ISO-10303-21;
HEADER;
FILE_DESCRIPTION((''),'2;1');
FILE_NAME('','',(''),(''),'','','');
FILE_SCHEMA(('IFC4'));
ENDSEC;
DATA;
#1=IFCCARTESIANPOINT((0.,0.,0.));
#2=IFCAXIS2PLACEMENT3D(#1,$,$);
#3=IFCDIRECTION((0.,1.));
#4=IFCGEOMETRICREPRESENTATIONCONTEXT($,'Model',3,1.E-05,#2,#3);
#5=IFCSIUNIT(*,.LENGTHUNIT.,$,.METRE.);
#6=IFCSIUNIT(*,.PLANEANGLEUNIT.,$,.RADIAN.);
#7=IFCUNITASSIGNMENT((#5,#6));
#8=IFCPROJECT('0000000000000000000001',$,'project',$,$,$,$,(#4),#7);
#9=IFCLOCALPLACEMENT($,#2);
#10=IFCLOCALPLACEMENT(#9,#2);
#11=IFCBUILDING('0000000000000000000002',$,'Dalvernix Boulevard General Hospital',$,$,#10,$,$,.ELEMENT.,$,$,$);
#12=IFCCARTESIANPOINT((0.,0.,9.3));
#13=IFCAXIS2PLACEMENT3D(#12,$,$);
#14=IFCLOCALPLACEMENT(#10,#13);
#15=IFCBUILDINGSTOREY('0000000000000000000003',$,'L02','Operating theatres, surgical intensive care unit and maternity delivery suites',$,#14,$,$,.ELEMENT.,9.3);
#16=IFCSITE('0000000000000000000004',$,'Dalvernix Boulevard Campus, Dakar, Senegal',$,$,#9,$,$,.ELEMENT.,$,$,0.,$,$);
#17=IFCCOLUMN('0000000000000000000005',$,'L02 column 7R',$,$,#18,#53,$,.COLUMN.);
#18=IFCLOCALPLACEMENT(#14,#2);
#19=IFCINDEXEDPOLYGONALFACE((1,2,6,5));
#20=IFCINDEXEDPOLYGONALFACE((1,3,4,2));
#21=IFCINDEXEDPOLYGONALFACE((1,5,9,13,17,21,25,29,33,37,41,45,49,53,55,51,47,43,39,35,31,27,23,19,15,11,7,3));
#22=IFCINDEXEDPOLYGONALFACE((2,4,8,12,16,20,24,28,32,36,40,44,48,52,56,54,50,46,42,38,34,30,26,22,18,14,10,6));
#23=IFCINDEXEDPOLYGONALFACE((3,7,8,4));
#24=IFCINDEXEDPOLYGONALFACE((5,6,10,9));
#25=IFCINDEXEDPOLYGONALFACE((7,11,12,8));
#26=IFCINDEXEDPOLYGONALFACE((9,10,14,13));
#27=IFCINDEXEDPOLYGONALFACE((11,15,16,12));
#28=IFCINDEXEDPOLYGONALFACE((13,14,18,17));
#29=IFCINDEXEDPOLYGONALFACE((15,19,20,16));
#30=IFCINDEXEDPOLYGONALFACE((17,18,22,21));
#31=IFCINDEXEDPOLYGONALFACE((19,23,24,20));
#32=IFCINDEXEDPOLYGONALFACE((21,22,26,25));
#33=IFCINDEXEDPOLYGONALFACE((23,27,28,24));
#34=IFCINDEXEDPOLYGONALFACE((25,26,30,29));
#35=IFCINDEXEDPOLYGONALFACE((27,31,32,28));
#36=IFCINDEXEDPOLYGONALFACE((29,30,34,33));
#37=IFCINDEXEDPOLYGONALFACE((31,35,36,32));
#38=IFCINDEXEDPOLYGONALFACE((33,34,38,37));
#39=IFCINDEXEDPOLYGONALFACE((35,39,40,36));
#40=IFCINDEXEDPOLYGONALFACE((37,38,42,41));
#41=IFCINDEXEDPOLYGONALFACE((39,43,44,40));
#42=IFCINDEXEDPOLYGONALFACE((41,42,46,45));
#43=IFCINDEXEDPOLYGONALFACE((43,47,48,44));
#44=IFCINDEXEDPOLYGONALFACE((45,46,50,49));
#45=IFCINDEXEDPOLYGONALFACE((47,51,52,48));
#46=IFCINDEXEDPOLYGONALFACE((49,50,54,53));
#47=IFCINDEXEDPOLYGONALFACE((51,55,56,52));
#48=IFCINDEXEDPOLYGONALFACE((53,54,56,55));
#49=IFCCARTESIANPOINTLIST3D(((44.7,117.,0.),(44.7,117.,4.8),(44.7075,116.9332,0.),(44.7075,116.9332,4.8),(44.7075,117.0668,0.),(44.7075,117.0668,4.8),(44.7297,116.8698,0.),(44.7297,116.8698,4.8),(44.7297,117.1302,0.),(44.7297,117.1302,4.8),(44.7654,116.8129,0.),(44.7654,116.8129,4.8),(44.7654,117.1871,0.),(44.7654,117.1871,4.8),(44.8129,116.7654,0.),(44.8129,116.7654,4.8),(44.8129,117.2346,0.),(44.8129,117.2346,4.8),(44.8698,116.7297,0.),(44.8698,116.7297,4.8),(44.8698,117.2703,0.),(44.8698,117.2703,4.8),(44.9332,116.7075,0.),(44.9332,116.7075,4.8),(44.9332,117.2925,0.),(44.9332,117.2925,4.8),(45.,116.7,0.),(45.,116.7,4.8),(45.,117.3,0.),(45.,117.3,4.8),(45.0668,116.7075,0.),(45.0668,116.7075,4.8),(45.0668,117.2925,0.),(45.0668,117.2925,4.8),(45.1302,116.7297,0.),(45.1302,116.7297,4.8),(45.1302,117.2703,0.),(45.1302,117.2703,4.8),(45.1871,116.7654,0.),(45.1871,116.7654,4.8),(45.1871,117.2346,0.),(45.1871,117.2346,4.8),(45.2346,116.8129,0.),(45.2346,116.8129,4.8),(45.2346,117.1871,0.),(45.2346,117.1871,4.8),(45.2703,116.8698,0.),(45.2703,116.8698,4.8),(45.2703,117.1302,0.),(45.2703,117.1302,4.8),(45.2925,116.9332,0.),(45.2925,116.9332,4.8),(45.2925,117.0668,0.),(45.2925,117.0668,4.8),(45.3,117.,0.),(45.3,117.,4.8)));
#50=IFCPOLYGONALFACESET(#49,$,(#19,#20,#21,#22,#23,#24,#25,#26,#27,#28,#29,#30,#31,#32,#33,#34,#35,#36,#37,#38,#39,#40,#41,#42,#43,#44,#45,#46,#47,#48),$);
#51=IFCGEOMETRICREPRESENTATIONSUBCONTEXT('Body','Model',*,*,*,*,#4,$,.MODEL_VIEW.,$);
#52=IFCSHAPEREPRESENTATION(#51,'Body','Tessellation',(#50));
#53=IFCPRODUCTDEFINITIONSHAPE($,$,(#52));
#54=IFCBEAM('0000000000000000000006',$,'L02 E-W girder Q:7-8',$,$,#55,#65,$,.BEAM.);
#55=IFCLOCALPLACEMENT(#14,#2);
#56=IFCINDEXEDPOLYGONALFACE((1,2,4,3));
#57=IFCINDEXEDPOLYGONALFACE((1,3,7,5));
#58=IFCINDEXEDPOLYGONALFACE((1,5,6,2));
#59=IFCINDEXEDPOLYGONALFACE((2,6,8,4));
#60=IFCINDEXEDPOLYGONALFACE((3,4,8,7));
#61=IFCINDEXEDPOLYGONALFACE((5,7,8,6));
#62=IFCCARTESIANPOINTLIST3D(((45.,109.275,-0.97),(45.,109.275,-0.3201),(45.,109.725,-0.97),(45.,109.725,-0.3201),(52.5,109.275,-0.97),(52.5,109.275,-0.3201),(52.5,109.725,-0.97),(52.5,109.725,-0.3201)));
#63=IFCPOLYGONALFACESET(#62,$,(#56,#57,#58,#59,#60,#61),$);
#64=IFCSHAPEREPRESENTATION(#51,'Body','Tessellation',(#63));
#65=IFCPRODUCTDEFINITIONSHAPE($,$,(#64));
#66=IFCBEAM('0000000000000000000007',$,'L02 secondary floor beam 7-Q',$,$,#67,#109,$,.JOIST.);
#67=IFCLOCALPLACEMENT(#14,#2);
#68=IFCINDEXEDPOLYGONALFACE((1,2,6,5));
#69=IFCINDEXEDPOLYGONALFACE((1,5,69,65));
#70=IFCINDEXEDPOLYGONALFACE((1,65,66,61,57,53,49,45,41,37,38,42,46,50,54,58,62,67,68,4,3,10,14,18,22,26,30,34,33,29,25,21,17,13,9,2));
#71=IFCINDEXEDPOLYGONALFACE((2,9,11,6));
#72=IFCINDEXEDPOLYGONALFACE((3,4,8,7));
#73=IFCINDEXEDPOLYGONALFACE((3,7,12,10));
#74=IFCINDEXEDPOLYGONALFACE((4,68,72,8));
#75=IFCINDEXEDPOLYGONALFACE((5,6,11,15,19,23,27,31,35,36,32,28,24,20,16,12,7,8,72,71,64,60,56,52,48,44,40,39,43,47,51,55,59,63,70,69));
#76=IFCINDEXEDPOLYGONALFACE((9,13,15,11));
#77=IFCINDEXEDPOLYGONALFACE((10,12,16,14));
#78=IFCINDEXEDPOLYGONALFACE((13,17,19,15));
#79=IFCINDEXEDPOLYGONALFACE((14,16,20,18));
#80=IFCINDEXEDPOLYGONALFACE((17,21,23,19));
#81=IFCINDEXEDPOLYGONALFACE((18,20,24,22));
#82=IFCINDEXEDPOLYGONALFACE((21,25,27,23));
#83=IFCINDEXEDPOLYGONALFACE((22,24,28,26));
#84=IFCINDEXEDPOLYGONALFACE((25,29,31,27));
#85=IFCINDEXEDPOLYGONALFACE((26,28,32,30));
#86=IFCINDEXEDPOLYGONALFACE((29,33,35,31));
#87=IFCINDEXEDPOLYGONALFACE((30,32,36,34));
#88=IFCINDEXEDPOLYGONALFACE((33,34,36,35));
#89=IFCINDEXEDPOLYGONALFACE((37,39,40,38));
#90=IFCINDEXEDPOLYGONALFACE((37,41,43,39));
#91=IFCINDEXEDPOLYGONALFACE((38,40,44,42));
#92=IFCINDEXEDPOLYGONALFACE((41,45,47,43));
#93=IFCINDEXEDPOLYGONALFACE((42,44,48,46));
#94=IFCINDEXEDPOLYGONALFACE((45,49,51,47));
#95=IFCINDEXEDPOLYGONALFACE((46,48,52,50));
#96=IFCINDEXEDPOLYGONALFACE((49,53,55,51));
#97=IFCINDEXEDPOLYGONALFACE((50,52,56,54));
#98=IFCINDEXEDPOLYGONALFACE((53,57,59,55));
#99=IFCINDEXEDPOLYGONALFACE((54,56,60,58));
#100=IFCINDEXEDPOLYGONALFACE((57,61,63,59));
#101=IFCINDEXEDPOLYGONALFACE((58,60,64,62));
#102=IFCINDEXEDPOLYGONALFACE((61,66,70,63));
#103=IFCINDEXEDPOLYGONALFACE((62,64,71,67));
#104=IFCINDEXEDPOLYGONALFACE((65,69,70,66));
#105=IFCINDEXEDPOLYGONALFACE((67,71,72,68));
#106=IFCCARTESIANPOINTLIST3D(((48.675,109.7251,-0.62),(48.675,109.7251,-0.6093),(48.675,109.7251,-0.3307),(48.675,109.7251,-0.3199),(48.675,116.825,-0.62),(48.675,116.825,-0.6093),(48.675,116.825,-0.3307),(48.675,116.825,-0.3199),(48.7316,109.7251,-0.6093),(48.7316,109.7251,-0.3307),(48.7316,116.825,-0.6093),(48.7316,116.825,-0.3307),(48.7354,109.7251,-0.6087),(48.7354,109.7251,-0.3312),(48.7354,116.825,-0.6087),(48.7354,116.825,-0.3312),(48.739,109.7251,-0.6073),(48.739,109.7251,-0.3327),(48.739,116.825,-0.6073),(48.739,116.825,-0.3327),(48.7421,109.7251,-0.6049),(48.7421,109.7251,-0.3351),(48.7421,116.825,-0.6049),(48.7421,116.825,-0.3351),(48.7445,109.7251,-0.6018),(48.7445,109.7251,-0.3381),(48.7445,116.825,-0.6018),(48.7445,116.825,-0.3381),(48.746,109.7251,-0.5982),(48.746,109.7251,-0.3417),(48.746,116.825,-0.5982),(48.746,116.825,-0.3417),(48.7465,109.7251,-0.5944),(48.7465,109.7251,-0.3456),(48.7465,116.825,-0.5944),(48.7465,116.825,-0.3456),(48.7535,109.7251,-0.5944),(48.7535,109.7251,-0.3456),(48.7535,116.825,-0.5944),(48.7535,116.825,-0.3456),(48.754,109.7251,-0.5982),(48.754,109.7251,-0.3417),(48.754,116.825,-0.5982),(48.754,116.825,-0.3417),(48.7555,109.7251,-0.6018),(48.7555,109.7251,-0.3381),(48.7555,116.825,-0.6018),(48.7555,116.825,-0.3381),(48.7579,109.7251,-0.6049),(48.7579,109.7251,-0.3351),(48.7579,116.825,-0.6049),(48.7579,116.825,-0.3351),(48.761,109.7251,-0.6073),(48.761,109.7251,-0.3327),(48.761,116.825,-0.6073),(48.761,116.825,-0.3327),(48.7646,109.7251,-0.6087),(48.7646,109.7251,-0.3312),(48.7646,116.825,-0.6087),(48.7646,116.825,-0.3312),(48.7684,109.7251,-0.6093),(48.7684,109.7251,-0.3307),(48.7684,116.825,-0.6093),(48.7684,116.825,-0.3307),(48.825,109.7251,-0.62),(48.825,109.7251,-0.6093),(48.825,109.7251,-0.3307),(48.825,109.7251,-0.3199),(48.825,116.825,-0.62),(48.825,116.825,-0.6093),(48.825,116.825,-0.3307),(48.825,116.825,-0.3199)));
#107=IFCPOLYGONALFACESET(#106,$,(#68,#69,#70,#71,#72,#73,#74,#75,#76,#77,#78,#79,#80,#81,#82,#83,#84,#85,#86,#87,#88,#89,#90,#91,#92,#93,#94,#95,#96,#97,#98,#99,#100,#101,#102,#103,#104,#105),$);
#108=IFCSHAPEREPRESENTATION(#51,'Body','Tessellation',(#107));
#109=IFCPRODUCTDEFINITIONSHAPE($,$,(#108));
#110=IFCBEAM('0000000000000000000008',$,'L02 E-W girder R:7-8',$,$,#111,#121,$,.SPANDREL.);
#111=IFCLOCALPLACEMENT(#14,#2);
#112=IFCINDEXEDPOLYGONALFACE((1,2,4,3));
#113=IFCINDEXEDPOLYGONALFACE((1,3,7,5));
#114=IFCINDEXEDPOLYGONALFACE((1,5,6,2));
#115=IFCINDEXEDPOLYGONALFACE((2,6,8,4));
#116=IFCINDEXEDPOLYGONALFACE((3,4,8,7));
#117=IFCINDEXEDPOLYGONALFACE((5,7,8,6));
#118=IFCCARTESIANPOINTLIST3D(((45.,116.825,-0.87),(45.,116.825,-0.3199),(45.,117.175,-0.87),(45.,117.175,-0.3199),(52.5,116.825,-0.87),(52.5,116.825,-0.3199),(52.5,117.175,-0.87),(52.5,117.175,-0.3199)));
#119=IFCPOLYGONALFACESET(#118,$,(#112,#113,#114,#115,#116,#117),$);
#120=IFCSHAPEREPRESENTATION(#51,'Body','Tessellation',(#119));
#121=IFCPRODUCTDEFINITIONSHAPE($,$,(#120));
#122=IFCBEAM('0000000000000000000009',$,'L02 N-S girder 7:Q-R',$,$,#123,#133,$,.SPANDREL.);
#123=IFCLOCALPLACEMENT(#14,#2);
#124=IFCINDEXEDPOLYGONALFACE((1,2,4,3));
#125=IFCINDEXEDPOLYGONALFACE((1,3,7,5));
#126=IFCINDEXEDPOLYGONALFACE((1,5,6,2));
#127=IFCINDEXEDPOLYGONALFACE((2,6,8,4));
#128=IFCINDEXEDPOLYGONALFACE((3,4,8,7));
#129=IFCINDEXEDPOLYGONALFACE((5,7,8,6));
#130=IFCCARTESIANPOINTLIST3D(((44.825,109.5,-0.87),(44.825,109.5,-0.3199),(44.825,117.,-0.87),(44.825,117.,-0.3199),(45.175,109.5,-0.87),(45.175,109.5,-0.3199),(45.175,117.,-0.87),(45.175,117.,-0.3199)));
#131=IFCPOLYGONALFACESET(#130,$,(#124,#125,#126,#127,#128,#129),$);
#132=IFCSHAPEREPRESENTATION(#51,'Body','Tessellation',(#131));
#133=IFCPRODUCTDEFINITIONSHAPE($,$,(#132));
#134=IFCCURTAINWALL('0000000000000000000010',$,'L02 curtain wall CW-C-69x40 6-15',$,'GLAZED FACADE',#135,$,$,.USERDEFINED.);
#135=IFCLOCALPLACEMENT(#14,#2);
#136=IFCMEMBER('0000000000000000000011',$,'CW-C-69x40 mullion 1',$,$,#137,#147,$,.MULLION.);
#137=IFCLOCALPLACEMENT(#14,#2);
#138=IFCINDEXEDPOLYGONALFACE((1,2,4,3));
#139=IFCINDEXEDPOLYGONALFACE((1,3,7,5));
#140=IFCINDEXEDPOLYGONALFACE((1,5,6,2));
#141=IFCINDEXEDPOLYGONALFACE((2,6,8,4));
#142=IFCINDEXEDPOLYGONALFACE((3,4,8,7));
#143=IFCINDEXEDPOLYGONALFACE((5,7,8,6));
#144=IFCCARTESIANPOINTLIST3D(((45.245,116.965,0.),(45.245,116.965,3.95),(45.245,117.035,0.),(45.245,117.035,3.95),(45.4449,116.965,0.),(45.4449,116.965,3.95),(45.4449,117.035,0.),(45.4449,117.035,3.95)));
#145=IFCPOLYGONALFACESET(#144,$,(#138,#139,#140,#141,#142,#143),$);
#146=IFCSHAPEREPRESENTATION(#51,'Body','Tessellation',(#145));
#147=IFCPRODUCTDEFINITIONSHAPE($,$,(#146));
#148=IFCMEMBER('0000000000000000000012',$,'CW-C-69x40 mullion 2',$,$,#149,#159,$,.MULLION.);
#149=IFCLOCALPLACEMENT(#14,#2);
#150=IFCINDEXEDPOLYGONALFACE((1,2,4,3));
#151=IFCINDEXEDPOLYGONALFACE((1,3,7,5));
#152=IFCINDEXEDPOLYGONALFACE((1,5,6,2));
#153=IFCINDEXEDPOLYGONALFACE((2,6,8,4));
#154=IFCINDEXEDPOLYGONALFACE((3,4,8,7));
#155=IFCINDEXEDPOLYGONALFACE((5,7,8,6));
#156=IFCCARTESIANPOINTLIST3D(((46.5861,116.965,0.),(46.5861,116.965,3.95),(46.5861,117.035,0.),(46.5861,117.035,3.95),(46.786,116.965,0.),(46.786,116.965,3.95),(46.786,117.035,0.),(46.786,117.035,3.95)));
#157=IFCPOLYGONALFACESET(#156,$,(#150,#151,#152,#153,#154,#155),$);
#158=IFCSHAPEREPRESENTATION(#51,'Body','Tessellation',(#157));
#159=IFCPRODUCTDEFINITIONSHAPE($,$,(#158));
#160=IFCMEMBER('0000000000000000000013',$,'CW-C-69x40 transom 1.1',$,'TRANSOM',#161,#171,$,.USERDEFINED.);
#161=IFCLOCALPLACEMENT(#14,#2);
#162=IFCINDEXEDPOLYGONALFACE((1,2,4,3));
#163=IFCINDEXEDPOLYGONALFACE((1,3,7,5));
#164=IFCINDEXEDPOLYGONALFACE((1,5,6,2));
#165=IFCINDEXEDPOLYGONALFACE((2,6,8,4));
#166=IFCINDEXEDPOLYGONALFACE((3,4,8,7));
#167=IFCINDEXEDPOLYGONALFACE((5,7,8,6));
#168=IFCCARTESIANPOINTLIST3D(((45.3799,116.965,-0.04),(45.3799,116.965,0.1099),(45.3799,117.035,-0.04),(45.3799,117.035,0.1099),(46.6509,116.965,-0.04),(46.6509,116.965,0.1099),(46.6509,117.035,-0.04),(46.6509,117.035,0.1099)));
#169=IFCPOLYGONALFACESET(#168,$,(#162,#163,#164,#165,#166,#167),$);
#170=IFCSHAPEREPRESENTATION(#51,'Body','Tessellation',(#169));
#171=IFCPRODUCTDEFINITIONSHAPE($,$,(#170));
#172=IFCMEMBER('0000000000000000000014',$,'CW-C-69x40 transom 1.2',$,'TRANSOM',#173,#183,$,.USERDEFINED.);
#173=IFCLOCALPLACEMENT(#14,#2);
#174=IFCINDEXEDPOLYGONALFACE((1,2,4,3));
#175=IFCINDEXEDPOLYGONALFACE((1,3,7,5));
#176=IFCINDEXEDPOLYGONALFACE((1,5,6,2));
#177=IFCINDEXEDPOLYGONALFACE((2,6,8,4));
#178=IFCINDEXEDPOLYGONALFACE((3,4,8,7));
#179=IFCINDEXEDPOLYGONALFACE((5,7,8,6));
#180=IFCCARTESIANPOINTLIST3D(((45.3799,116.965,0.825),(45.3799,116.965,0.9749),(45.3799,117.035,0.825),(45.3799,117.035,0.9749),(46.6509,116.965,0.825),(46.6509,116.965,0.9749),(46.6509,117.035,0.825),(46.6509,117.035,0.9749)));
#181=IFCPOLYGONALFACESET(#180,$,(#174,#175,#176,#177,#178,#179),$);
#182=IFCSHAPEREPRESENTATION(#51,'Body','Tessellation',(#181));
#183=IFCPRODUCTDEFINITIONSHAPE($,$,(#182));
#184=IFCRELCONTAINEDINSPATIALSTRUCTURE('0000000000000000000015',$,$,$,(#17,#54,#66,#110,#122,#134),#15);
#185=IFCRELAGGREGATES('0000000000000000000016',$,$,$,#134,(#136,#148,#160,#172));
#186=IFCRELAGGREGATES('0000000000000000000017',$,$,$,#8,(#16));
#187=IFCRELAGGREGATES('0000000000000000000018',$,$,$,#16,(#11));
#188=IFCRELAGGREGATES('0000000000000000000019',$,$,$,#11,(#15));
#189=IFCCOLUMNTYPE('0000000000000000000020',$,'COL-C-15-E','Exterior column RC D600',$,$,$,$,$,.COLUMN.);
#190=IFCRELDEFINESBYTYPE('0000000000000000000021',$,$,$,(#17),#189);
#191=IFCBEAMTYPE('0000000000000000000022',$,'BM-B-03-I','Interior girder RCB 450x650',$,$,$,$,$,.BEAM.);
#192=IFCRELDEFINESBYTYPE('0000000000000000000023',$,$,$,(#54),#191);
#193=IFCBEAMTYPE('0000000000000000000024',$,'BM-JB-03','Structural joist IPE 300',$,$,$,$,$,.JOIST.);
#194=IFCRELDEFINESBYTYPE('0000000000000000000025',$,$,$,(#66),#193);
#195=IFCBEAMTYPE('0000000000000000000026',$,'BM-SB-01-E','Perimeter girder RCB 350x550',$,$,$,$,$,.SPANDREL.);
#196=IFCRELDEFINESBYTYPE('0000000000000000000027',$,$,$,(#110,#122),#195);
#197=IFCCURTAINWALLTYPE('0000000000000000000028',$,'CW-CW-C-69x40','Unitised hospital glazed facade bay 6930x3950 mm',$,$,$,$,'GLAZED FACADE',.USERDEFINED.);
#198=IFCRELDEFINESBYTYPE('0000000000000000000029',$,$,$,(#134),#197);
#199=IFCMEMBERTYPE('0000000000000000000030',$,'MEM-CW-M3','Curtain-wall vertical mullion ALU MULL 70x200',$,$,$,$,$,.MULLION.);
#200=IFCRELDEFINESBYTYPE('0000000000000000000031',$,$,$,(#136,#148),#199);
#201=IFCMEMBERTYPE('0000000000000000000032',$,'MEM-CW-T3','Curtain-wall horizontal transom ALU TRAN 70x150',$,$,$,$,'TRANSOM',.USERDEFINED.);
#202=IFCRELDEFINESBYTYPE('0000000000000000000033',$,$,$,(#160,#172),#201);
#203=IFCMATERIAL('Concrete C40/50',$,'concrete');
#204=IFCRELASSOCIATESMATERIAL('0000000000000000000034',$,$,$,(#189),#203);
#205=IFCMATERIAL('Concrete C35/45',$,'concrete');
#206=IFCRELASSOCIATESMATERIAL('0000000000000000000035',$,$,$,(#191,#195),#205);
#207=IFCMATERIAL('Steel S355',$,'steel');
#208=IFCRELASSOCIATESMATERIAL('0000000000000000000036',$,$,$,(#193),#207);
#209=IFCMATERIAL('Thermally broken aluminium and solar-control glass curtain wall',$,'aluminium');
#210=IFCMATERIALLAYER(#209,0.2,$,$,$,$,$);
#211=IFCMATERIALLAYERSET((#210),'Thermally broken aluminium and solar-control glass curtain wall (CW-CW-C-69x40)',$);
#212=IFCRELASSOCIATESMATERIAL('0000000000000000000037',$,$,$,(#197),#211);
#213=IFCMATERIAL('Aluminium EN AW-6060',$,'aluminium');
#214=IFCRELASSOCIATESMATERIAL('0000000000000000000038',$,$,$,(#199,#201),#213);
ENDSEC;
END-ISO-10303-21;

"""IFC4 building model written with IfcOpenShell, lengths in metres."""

from ifc_helpers import new_model, si_unit, direction, frame, origin, origin_2d, place, context, subcontext, project, spatial, rectangle, circle, i_section, extrude, material, layer, layer_set, material_profile, profile_set, type_object, element, aggregate, save


model = new_model("IFC4")

# Units and contexts
model_context = context("Model", 3, precision=1e-05, world=origin(), true_north=direction((0.0, 1.0)))
body_context = subcontext(model_context, "Body", "Model", "MODEL_VIEW")
ifc_project = project(units=[si_unit("LENGTHUNIT", "METRE"), si_unit("PLANEANGLEUNIT", "RADIAN")], contexts=[model_context])

# Site, building, storey
site_placement = place(None, origin())
site = spatial("IfcSite", under=ifc_project, at=site_placement, Name="Dalvernix Boulevard Campus, Dakar, Senegal", CompositionType="ELEMENT", RefElevation=0.0)
building_placement = place(site_placement, origin())
building = spatial("IfcBuilding", under=site, at=building_placement, Name="Dalvernix Boulevard General Hospital", CompositionType="ELEMENT")
storey_placement = place(building_placement, frame((0.0, 0.0, 9.3)))
storey = spatial("IfcBuildingStorey", under=building, at=storey_placement, Name="L02", Description="Operating theatres, surgical intensive care unit and maternity delivery suites", CompositionType="ELEMENT", Elevation=9.3)

# Column
ifc_material_1 = material(Name="Concrete C40/50", Category="concrete")
ifc_material_profile_1 = material_profile(ifc_material_1, circle(Radius=0.3, at=origin_2d()), Name="RC D600")
ifc_profile_set_1 = profile_set([ifc_material_profile_1], Name="Concrete C40/50")
column_type = type_object("IfcColumnType", Name="COL-C-15-E", Description="Exterior column RC D600", PredefinedType="COLUMN", material=ifc_profile_set_1)
column_placement = place(storey_placement, frame((45.0, 117.0, 0.0), z_axis=(0.0, 0.0, 1.0), x_axis=(1.0, 0.0, 0.0)))
element("IfcColumn", 1, at=column_placement, inside=storey, type_object=column_type, Name="L02 column 7R", PredefinedType="COLUMN", context=body_context, shape_type="SweptSolid", body=[
    extrude(circle(Radius=0.3, at=origin_2d()), origin(), (0.0, 0.0, 1.0), 4.8),
])

# Beams
ifc_material_2 = material(Name="Concrete C35/45", Category="concrete")
ifc_material_profile_2 = material_profile(ifc_material_2, rectangle(XDim=0.45, YDim=0.6499, at=origin_2d()), Name="RCB 450x650")
ifc_profile_set_2 = profile_set([ifc_material_profile_2], Name="Concrete C35/45")
beam_type_1 = type_object("IfcBeamType", Name="BM-B-03-I", Description="Interior girder RCB 450x650", PredefinedType="BEAM", material=ifc_profile_set_2)
beam_1_placement = place(storey_placement, frame((45.0, 109.5, -0.645), z_axis=(1.0, 0.0, 0.0), x_axis=(0.0, 1.0, 0.0)))
element("IfcBeam", 2, at=beam_1_placement, inside=storey, type_object=beam_type_1, Name="L02 E-W girder Q:7-8", PredefinedType="BEAM", context=body_context, shape_type="SweptSolid", body=[
    extrude(rectangle(XDim=0.45, YDim=0.6499, at=origin_2d()), origin(), (0.0, 0.0, 1.0), 7.5),
])
ifc_material_3 = material(Name="Steel S355", Category="steel")
ifc_material_profile_3 = material_profile(ifc_material_3, i_section(OverallWidth=0.1499, OverallDepth=0.3, WebThickness=0.0071, FlangeThickness=0.0107, FilletRadius=0.0149, at=origin_2d()), Name="IPE 300")
ifc_profile_set_3 = profile_set([ifc_material_profile_3], Name="Steel S355")
beam_type_2 = type_object("IfcBeamType", Name="BM-JB-03", Description="Structural joist IPE 300", PredefinedType="JOIST", material=ifc_profile_set_3)
beam_2_placement = place(storey_placement, frame((48.75, 109.7251, -0.47), z_axis=(0.0, 1.0, 0.0), x_axis=(-1.0, 0.0, 0.0)))
element("IfcBeam", 3, at=beam_2_placement, inside=storey, type_object=beam_type_2, Name="L02 secondary floor beam 7-Q", PredefinedType="JOIST", context=body_context, shape_type="SweptSolid", body=[
    extrude(i_section(OverallWidth=0.1499, OverallDepth=0.3, WebThickness=0.0071, FlangeThickness=0.0107, FilletRadius=0.0149, at=origin_2d()), origin(), (0.0, 0.0, 1.0), 7.0999),
])
ifc_material_profile_4 = material_profile(ifc_material_2, rectangle(XDim=0.3501, YDim=0.55, at=origin_2d()), Name="RCB 350x550")
ifc_profile_set_4 = profile_set([ifc_material_profile_4], Name="Concrete C35/45")
beam_type_3 = type_object("IfcBeamType", Name="BM-SB-01-E", Description="Perimeter girder RCB 350x550", PredefinedType="SPANDREL", material=ifc_profile_set_4)
for number, where, z_axis, x_axis, name in (
    (4, (45.0, 117.0, -0.595), (1.0, 0.0, 0.0), (0.0, 1.0, 0.0), "L02 E-W girder R:7-8"),
    (5, (45.0, 109.5, -0.595), (0.0, 1.0, 0.0), (-1.0, 0.0, 0.0), "L02 N-S girder 7:Q-R"),
):
    element("IfcBeam", number, at=place(storey_placement, frame(where, z_axis=z_axis, x_axis=x_axis)), inside=storey, type_object=beam_type_3, Name=name, PredefinedType="SPANDREL", context=body_context, shape_type="SweptSolid", body=[
        extrude(rectangle(XDim=0.3501, YDim=0.55, at=origin_2d()), origin(), (0.0, 0.0, 1.0), 7.5),
    ])

# Curtain wall, members
ifc_material_4 = material(Name="Thermally broken aluminium and solar-control glass curtain wall", Category="aluminium")
ifc_layer_1 = layer(ifc_material_4, 0.2)
ifc_layer_set_1 = layer_set([ifc_layer_1], Name="Thermally broken aluminium and solar-control glass curtain wall (CW-CW-C-69x40)")
curtain_wall_type = type_object("IfcCurtainWallType", Name="CW-CW-C-69x40", Description="Unitised hospital glazed facade bay 6930x3950 mm", ElementType="GLAZED FACADE", PredefinedType="USERDEFINED", material=ifc_layer_set_1)
curtain_wall_placement = place(storey_placement, origin())
curtain_wall = element("IfcCurtainWall", 6, at=curtain_wall_placement, inside=storey, type_object=curtain_wall_type, Name="L02 curtain wall CW-C-69x40 6-15", ObjectType="GLAZED FACADE", PredefinedType="USERDEFINED")
ifc_material_5 = material(Name="Aluminium EN AW-6060", Category="aluminium")
ifc_material_profile_5 = material_profile(ifc_material_5, rectangle(XDim=0.0701, YDim=0.2, at=origin_2d()), Name="ALU MULL 70x200")
ifc_profile_set_5 = profile_set([ifc_material_profile_5], Name="Aluminium EN AW-6060")
member_type_1 = type_object("IfcMemberType", Name="MEM-CW-M3", Description="Curtain-wall vertical mullion ALU MULL 70x200", PredefinedType="MULLION", material=ifc_profile_set_5)
member_1_placement = place(storey_placement, frame((45.345, 117.0, 0.0), z_axis=(0.0, 0.0, 1.0), x_axis=(0.0, 1.0, 0.0)))
member_1 = element("IfcMember", 7, at=member_1_placement, type_object=member_type_1, Name="CW-C-69x40 mullion 1", PredefinedType="MULLION", context=body_context, shape_type="SweptSolid", body=[
    extrude(rectangle(XDim=0.0701, YDim=0.2, at=origin_2d()), origin(), (0.0, 0.0, 1.0), 3.95),
])
member_2_placement = place(storey_placement, frame((46.686, 117.0, 0.0), z_axis=(0.0, 0.0, 1.0), x_axis=(0.0, 1.0, 0.0)))
member_2 = element("IfcMember", 8, at=member_2_placement, type_object=member_type_1, Name="CW-C-69x40 mullion 2", PredefinedType="MULLION", context=body_context, shape_type="SweptSolid", body=[
    extrude(rectangle(XDim=0.0701, YDim=0.2, at=origin_2d()), origin(), (0.0, 0.0, 1.0), 3.95),
])
ifc_material_profile_6 = material_profile(ifc_material_5, rectangle(XDim=0.0701, YDim=0.1499, at=origin_2d()), Name="ALU TRAN 70x150")
ifc_profile_set_6 = profile_set([ifc_material_profile_6], Name="Aluminium EN AW-6060")
member_type_2 = type_object("IfcMemberType", Name="MEM-CW-T3", Description="Curtain-wall horizontal transom ALU TRAN 70x150", ElementType="TRANSOM", PredefinedType="USERDEFINED", material=ifc_profile_set_6)
member_3_placement = place(storey_placement, frame((45.3799, 117.0, 0.0349), z_axis=(1.0, 0.0, 0.0), x_axis=(0.0, 1.0, 0.0)))
member_3 = element("IfcMember", 9, at=member_3_placement, type_object=member_type_2, Name="CW-C-69x40 transom 1.1", ObjectType="TRANSOM", PredefinedType="USERDEFINED", context=body_context, shape_type="SweptSolid", body=[
    extrude(rectangle(XDim=0.0701, YDim=0.1499, at=origin_2d()), origin(), (0.0, 0.0, 1.0), 1.271),
])
member_4_placement = place(storey_placement, frame((45.3799, 117.0, 0.8999), z_axis=(1.0, 0.0, 0.0), x_axis=(0.0, 1.0, 0.0)))
member_4 = element("IfcMember", 10, at=member_4_placement, type_object=member_type_2, Name="CW-C-69x40 transom 1.2", ObjectType="TRANSOM", PredefinedType="USERDEFINED", context=body_context, shape_type="SweptSolid", body=[
    extrude(rectangle(XDim=0.0701, YDim=0.1499, at=origin_2d()), origin(), (0.0, 0.0, 1.0), 1.271),
])
aggregate(curtain_wall, [member_1, member_2, member_3, member_4])

save(model, "model.ifc")
